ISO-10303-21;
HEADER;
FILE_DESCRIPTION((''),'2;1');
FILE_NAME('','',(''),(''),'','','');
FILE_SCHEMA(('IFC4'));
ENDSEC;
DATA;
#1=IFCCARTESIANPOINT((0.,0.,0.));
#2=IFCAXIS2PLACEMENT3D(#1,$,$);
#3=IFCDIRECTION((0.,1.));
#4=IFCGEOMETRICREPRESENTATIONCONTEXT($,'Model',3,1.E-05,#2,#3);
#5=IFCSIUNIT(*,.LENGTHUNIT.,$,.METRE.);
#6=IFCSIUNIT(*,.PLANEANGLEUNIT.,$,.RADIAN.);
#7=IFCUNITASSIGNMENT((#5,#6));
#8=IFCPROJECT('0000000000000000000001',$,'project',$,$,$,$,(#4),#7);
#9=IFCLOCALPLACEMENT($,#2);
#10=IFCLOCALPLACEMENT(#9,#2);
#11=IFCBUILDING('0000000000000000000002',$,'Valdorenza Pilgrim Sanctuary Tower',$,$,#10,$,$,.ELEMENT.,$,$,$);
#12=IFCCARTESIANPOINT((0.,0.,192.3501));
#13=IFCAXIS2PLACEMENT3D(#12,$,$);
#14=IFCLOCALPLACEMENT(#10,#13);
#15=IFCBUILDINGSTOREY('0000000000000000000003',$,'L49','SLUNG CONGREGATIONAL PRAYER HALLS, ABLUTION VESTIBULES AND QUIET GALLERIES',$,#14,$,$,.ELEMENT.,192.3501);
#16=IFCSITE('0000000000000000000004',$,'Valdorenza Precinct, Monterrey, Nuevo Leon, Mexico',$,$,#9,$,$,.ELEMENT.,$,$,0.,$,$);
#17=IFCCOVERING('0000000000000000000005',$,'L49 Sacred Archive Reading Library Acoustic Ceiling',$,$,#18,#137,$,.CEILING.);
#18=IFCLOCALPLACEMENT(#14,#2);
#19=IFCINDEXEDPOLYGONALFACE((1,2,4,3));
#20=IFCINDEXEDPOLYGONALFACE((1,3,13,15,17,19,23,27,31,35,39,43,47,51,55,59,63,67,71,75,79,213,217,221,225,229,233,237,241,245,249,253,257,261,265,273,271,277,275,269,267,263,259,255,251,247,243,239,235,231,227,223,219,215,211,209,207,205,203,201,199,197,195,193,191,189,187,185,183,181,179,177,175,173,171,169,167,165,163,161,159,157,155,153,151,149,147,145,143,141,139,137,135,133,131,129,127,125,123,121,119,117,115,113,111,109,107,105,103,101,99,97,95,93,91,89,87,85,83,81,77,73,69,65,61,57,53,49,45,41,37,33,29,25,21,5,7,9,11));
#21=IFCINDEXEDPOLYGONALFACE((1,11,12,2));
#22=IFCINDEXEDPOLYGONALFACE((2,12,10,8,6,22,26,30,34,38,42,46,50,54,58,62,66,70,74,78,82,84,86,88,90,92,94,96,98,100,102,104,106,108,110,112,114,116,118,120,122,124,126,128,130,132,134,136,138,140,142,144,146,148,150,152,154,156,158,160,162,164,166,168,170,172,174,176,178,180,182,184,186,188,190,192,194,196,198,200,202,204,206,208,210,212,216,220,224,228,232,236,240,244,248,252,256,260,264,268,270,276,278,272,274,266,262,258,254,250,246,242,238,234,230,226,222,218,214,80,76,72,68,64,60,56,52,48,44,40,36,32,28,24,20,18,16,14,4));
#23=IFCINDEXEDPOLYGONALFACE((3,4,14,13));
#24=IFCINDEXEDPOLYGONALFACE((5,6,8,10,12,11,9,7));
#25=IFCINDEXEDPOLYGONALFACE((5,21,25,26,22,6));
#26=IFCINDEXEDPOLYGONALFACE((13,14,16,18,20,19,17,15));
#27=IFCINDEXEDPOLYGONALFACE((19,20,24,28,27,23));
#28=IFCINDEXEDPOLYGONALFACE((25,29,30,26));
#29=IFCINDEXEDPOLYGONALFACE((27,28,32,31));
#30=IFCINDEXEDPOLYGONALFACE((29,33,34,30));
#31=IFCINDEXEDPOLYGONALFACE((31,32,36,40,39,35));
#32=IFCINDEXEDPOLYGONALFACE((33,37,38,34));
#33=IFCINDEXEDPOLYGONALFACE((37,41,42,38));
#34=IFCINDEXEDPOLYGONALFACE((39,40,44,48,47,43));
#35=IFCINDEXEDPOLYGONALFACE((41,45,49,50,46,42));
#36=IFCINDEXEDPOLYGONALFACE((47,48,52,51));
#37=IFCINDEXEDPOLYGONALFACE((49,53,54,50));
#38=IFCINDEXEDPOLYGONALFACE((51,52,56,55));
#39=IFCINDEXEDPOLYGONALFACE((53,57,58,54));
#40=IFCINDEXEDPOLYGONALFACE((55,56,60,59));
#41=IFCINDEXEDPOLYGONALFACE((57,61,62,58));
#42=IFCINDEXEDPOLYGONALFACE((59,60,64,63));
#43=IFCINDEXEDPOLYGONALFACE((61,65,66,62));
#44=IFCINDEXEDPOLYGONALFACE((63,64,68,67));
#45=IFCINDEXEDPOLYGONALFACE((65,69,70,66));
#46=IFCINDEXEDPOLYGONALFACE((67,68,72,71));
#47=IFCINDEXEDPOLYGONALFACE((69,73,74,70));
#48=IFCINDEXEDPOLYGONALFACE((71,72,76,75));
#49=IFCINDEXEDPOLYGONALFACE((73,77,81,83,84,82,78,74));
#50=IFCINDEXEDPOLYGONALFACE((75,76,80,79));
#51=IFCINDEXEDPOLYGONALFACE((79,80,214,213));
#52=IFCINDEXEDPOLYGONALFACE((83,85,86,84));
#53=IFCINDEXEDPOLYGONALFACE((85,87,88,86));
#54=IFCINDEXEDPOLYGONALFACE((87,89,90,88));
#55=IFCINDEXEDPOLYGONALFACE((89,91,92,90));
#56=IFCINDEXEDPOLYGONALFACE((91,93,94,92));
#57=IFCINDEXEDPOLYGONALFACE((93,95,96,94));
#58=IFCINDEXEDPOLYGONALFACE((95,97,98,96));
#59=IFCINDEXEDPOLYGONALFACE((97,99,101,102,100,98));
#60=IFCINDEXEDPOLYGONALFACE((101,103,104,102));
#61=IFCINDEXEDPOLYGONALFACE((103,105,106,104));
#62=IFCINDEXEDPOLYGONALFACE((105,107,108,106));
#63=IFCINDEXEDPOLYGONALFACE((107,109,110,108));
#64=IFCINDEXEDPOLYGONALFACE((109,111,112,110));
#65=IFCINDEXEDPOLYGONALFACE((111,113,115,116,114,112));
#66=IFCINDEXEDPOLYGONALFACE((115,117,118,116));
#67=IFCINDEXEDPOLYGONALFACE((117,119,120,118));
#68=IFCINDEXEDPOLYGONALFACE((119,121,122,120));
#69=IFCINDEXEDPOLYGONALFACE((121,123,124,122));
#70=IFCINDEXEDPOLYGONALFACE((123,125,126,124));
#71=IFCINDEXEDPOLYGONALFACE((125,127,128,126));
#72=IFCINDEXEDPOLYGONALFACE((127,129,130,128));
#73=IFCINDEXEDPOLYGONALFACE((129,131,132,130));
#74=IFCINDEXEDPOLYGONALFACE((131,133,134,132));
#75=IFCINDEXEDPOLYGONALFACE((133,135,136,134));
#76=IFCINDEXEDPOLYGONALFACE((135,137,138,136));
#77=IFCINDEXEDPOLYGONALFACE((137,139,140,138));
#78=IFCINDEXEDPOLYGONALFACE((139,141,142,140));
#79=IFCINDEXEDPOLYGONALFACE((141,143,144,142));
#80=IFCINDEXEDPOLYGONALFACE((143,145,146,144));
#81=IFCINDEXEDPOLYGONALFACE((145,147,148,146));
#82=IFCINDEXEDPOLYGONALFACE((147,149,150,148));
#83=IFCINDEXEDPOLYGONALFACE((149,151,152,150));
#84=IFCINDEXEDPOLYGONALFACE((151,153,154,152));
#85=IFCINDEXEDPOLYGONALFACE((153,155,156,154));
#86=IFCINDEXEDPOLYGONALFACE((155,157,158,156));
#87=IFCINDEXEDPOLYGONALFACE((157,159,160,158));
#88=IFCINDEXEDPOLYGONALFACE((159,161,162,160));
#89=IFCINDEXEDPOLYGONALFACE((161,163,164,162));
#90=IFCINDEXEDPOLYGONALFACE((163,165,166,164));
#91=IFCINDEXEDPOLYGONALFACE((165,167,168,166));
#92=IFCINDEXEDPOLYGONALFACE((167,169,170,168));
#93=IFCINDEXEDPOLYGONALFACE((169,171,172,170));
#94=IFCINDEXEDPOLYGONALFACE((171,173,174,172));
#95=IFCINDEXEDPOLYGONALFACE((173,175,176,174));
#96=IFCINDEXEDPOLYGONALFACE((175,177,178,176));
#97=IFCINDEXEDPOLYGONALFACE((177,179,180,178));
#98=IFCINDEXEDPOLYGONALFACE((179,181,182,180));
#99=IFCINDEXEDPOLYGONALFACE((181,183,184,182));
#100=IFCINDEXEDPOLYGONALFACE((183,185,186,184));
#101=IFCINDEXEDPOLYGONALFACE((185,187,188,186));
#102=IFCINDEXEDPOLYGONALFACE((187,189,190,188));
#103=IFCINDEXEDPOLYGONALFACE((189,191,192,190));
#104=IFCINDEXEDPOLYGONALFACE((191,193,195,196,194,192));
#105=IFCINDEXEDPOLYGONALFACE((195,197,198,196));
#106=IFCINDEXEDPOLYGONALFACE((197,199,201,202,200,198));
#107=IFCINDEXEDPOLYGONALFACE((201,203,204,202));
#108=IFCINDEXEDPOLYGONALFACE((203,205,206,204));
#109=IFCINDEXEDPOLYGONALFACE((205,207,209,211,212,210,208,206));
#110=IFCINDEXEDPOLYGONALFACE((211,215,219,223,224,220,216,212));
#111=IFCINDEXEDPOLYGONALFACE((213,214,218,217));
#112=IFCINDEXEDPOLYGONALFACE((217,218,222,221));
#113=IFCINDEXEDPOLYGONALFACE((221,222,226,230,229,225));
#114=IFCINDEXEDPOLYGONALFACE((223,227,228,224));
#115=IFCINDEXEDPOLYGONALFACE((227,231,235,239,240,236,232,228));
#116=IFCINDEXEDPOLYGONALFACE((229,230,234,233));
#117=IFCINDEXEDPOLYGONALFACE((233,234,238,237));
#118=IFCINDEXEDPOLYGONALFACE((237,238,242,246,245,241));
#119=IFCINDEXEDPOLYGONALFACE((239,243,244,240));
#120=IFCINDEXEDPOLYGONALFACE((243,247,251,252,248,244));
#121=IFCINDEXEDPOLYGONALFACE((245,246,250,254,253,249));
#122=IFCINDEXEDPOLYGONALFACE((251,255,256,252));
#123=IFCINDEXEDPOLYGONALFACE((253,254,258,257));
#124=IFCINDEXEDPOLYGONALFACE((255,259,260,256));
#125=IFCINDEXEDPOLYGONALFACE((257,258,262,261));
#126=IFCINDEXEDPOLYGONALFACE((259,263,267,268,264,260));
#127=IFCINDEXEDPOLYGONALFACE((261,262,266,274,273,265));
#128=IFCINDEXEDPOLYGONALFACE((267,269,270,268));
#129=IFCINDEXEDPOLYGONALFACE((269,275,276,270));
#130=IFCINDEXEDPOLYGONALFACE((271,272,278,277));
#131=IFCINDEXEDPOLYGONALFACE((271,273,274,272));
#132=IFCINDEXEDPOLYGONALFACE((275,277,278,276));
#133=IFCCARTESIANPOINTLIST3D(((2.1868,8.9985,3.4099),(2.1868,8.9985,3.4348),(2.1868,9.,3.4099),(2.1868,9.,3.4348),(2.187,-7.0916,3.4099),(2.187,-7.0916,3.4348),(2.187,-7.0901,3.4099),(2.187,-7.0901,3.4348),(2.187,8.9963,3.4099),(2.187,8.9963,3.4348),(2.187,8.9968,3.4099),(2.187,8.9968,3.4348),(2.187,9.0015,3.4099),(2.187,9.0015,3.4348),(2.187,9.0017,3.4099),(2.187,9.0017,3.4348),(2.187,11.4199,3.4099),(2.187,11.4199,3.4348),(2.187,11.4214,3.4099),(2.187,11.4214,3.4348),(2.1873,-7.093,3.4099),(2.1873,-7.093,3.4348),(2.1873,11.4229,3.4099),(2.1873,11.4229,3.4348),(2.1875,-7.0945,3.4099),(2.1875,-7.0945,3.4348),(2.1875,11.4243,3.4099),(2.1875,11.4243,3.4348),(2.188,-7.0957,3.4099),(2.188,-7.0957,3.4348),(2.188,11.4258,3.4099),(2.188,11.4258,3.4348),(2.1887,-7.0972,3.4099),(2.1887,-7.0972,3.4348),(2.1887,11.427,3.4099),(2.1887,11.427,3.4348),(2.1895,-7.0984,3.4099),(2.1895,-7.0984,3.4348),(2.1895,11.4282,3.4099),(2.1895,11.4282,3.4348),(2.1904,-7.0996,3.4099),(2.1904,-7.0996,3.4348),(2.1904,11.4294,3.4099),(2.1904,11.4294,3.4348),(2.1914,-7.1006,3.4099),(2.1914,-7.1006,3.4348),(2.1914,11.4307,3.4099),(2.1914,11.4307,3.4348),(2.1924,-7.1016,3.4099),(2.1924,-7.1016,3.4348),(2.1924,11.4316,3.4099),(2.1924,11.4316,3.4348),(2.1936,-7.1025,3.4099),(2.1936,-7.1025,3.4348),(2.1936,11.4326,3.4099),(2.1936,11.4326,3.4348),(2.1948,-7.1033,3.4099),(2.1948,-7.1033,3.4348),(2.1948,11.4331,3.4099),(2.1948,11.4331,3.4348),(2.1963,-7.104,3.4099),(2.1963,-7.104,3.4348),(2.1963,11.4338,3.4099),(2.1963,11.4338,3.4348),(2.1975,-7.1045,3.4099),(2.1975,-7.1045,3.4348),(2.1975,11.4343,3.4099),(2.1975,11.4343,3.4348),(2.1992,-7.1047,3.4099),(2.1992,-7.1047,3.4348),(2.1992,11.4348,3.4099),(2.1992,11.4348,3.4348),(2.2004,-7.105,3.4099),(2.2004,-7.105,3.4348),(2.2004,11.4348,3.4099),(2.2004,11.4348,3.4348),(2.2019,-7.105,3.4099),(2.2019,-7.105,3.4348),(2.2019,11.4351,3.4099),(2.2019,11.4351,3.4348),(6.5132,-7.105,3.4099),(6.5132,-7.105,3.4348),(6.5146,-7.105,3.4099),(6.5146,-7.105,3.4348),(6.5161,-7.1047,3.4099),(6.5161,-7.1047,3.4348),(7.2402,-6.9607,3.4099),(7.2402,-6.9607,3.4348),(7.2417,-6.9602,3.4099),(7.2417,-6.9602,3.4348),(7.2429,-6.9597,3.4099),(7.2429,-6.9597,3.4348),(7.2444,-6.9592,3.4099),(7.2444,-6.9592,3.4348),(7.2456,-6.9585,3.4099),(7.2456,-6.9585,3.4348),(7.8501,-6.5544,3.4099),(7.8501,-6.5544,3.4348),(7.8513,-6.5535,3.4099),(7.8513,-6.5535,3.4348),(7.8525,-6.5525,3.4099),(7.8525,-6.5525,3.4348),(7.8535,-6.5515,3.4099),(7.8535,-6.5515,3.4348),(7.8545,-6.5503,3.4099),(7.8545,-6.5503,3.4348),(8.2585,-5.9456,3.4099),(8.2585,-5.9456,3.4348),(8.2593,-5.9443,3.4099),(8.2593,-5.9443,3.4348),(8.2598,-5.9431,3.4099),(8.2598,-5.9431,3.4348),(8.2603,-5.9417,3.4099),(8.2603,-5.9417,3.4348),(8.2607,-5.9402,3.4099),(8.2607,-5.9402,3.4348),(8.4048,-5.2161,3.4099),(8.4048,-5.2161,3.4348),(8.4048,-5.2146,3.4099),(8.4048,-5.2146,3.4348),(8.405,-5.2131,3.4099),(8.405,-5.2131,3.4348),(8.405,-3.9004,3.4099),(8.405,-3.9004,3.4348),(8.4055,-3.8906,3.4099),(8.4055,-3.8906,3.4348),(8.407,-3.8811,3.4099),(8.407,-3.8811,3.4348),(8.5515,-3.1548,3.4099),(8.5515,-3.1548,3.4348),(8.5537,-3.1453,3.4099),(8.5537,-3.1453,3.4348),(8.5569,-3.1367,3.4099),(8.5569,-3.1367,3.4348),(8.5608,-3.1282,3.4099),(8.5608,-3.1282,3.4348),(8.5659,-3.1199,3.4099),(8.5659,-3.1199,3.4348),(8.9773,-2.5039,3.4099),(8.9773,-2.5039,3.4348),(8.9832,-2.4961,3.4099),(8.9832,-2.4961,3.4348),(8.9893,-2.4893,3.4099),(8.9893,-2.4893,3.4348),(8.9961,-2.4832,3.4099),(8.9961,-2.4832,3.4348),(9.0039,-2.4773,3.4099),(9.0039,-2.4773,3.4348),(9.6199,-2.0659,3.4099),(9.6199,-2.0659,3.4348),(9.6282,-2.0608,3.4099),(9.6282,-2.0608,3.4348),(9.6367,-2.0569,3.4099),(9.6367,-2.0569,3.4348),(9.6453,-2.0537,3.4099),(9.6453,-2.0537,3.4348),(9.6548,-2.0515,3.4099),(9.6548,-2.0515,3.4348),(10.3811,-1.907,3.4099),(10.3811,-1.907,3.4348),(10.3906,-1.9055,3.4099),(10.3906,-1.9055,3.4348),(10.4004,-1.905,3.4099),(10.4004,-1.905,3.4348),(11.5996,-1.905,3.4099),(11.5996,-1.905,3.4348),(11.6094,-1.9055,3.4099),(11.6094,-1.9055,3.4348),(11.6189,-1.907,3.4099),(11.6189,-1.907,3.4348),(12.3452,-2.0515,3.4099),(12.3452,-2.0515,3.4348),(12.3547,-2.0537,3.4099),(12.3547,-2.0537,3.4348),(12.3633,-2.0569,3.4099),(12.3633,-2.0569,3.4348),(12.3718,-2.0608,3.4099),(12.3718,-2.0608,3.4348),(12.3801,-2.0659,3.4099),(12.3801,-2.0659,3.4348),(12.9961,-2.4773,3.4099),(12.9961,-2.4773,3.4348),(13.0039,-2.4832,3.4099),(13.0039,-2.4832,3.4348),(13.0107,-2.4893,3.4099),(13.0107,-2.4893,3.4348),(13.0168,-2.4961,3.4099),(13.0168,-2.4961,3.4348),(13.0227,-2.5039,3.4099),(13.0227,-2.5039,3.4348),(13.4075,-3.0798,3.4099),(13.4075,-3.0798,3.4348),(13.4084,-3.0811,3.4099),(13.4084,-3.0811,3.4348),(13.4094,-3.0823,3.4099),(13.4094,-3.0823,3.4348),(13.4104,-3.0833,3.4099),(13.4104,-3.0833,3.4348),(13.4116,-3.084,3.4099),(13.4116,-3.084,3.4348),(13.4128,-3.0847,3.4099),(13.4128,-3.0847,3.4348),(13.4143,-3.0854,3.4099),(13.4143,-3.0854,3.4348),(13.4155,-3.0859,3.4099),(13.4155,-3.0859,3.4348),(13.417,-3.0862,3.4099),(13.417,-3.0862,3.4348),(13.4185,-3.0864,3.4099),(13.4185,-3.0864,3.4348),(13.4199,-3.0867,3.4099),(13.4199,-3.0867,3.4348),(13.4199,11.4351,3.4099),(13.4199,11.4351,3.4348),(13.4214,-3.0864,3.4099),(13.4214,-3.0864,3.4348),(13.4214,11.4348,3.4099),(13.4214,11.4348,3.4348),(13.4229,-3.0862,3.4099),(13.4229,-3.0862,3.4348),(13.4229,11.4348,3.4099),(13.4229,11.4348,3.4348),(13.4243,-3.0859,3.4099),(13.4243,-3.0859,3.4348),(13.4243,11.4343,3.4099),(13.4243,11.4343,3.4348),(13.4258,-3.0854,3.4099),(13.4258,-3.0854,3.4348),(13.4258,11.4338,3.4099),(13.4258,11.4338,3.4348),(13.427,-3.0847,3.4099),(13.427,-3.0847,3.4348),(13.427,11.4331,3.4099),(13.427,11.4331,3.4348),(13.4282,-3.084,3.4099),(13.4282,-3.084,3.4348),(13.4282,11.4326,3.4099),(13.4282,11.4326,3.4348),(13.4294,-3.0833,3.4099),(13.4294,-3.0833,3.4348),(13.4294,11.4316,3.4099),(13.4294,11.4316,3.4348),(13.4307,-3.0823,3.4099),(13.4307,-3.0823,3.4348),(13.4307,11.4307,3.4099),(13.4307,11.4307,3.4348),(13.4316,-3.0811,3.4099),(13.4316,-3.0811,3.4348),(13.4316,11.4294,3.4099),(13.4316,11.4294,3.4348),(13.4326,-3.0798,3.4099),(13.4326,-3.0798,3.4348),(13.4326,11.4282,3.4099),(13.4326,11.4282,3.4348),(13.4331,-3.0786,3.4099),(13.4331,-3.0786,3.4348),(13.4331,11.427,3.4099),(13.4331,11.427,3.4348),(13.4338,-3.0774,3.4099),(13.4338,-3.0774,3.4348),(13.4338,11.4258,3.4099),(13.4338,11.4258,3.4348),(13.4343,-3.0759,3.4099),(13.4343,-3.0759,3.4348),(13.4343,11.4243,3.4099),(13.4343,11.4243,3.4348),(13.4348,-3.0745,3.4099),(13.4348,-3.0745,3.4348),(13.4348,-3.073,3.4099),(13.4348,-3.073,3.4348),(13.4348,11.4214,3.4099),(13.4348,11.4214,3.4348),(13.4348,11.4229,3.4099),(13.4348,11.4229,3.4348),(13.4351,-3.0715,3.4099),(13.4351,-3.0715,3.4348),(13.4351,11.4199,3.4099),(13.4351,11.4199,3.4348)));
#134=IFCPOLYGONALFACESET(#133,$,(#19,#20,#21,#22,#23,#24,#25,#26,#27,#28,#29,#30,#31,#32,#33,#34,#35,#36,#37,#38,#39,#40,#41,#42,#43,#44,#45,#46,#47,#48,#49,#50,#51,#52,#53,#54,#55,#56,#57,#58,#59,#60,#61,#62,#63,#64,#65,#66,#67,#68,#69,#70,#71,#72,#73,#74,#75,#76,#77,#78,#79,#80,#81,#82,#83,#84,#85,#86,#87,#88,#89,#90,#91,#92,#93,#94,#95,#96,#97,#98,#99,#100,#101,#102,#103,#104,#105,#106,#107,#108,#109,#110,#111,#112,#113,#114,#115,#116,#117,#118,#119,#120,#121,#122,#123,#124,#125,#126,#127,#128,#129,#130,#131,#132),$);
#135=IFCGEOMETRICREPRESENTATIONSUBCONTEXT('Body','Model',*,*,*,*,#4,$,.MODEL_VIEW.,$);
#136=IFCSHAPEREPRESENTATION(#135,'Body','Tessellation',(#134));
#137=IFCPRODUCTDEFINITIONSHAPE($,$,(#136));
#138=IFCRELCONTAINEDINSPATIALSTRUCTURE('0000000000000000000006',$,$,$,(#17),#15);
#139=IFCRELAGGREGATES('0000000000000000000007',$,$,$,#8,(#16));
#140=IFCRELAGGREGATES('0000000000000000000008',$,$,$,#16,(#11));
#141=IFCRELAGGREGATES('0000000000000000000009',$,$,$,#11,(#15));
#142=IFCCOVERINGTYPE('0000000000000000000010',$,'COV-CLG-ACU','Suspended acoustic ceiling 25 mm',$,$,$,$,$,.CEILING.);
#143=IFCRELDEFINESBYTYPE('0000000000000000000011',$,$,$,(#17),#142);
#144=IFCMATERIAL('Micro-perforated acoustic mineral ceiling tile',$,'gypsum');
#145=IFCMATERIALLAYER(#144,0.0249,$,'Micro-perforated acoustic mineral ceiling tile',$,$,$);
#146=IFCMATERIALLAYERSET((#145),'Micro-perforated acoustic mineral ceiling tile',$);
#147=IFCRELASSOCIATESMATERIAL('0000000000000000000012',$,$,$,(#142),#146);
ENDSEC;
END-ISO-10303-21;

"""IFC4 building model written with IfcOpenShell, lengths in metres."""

from ifc_helpers import new_model, si_unit, direction, frame, origin, place, context, subcontext, project, spatial, polyline, outline, extrude, material, layer, layer_set, type_object, element, save


model = new_model("IFC4")

# Units and contexts
model_context = context("Model", 3, precision=1e-05, world=origin(), true_north=direction((0.0, 1.0)))
body_context = subcontext(model_context, "Body", "Model", "MODEL_VIEW")
ifc_project = project(units=[si_unit("LENGTHUNIT", "METRE"), si_unit("PLANEANGLEUNIT", "RADIAN")], contexts=[model_context])

# Site, building, storey
site_placement = place(None, origin())
site = spatial("IfcSite", under=ifc_project, at=site_placement, Name="Valdorenza Precinct, Monterrey, Nuevo Leon, Mexico", CompositionType="ELEMENT", RefElevation=0.0)
building_placement = place(site_placement, origin())
building = spatial("IfcBuilding", under=site, at=building_placement, Name="Valdorenza Pilgrim Sanctuary Tower", CompositionType="ELEMENT")
storey_placement = place(building_placement, frame((0.0, 0.0, 192.3501)))
storey = spatial("IfcBuildingStorey", under=building, at=storey_placement, Name="L49", Description="SLUNG CONGREGATIONAL PRAYER HALLS, ABLUTION VESTIBULES AND QUIET GALLERIES", CompositionType="ELEMENT", Elevation=192.3501)

# Covering
ifc_material_1 = material(Name="Micro-perforated acoustic mineral ceiling tile", Category="gypsum")
ifc_layer_1 = layer(ifc_material_1, 0.0249, Name="Micro-perforated acoustic mineral ceiling tile")
ifc_layer_set_1 = layer_set([ifc_layer_1], Name="Micro-perforated acoustic mineral ceiling tile")
covering_type_1 = type_object("IfcCoveringType", Name="COV-CLG-ACU", Description="Suspended acoustic ceiling 25 mm", PredefinedType="CEILING", material=ifc_layer_set_1)
covering_1_placement = place(storey_placement, frame((0.0, 0.0, 3.4099)))
element("IfcCovering", 1, at=covering_1_placement, inside=storey, type_object=covering_type_1, Name="L49 Sacred Archive Reading Library Acoustic Ceiling", PredefinedType="CEILING", context=body_context, shape_type="SweptSolid", body=[
    extrude(outline(polyline([(2.187, 8.9963), (2.187, 8.9968), (2.1868, 8.9985), (2.1868, 9.0), (2.187, 9.0015), (2.187, 9.0017), (2.187, 11.4199), (2.187, 11.4214), (2.1873, 11.4229), (2.1875, 11.4243), (2.188, 11.4258), (2.1887, 11.427), (2.1895, 11.4282), (2.1904, 11.4294), (2.1914, 11.4307), (2.1924, 11.4316), (2.1936, 11.4326), (2.1948, 11.4331), (2.1963, 11.4338), (2.1975, 11.4343), (2.1992, 11.4348), (2.2004, 11.4348), (2.2019, 11.4351), (13.4199, 11.4351), (13.4214, 11.4348), (13.4229, 11.4348), (13.4243, 11.4343), (13.4258, 11.4338), (13.427, 11.4331), (13.4282, 11.4326), (13.4294, 11.4316), (13.4307, 11.4307), (13.4316, 11.4294), (13.4326, 11.4282), (13.4331, 11.427), (13.4338, 11.4258), (13.4343, 11.4243), (13.4348, 11.4229), (13.4348, 11.4214), (13.4351, 11.4199), (13.4351, -3.0715), (13.4348, -3.073), (13.4348, -3.0745), (13.4343, -3.0759), (13.4338, -3.0774), (13.4331, -3.0786), (13.4326, -3.0798), (13.4316, -3.0811), (13.4307, -3.0823), (13.4294, -3.0833), (13.4282, -3.084), (13.427, -3.0847), (13.4258, -3.0854), (13.4243, -3.0859), (13.4229, -3.0862), (13.4214, -3.0864), (13.4199, -3.0867), (13.4185, -3.0864), (13.417, -3.0862), (13.4155, -3.0859), (13.4143, -3.0854), (13.4128, -3.0847), (13.4116, -3.084), (13.4104, -3.0833), (13.4094, -3.0823), (13.4084, -3.0811), (13.4075, -3.0798), (13.0227, -2.5039), (13.0168, -2.4961), (13.0107, -2.4893), (13.0039, -2.4832), (12.9961, -2.4773), (12.3801, -2.0659), (12.3718, -2.0608), (12.3633, -2.0569), (12.3547, -2.0537), (12.3452, -2.0515), (11.6189, -1.907), (11.6094, -1.9055), (11.5996, -1.905), (10.4004, -1.905), (10.3906, -1.9055), (10.3811, -1.907), (9.6548, -2.0515), (9.6453, -2.0537), (9.6367, -2.0569), (9.6282, -2.0608), (9.6199, -2.0659), (9.0039, -2.4773), (8.9961, -2.4832), (8.9893, -2.4893), (8.9832, -2.4961), (8.9773, -2.5039), (8.5659, -3.1199), (8.5608, -3.1282), (8.5569, -3.1367), (8.5537, -3.1453), (8.5515, -3.1548), (8.407, -3.8811), (8.4055, -3.8906), (8.405, -3.9004), (8.405, -5.2131), (8.4048, -5.2146), (8.4048, -5.2161), (8.2607, -5.9402), (8.2603, -5.9417), (8.2598, -5.9431), (8.2593, -5.9443), (8.2585, -5.9456), (7.8545, -6.5503), (7.8535, -6.5515), (7.8525, -6.5525), (7.8513, -6.5535), (7.8501, -6.5544), (7.2456, -6.9585), (7.2444, -6.9592), (7.2429, -6.9597), (7.2417, -6.9602), (7.2402, -6.9607), (6.5161, -7.1047), (6.5146, -7.105), (6.5132, -7.105), (2.2019, -7.105), (2.2004, -7.105), (2.1992, -7.1047), (2.1975, -7.1045), (2.1963, -7.104), (2.1948, -7.1033), (2.1936, -7.1025), (2.1924, -7.1016), (2.1914, -7.1006), (2.1904, -7.0996), (2.1895, -7.0984), (2.1887, -7.0972), (2.188, -7.0957), (2.1875, -7.0945), (2.1873, -7.093), (2.187, -7.0916), (2.187, -7.0901), (2.187, 8.9963)])), origin(), (0.0, 0.0, 1.0), 0.0249),
])

save(model, "model.ifc")
